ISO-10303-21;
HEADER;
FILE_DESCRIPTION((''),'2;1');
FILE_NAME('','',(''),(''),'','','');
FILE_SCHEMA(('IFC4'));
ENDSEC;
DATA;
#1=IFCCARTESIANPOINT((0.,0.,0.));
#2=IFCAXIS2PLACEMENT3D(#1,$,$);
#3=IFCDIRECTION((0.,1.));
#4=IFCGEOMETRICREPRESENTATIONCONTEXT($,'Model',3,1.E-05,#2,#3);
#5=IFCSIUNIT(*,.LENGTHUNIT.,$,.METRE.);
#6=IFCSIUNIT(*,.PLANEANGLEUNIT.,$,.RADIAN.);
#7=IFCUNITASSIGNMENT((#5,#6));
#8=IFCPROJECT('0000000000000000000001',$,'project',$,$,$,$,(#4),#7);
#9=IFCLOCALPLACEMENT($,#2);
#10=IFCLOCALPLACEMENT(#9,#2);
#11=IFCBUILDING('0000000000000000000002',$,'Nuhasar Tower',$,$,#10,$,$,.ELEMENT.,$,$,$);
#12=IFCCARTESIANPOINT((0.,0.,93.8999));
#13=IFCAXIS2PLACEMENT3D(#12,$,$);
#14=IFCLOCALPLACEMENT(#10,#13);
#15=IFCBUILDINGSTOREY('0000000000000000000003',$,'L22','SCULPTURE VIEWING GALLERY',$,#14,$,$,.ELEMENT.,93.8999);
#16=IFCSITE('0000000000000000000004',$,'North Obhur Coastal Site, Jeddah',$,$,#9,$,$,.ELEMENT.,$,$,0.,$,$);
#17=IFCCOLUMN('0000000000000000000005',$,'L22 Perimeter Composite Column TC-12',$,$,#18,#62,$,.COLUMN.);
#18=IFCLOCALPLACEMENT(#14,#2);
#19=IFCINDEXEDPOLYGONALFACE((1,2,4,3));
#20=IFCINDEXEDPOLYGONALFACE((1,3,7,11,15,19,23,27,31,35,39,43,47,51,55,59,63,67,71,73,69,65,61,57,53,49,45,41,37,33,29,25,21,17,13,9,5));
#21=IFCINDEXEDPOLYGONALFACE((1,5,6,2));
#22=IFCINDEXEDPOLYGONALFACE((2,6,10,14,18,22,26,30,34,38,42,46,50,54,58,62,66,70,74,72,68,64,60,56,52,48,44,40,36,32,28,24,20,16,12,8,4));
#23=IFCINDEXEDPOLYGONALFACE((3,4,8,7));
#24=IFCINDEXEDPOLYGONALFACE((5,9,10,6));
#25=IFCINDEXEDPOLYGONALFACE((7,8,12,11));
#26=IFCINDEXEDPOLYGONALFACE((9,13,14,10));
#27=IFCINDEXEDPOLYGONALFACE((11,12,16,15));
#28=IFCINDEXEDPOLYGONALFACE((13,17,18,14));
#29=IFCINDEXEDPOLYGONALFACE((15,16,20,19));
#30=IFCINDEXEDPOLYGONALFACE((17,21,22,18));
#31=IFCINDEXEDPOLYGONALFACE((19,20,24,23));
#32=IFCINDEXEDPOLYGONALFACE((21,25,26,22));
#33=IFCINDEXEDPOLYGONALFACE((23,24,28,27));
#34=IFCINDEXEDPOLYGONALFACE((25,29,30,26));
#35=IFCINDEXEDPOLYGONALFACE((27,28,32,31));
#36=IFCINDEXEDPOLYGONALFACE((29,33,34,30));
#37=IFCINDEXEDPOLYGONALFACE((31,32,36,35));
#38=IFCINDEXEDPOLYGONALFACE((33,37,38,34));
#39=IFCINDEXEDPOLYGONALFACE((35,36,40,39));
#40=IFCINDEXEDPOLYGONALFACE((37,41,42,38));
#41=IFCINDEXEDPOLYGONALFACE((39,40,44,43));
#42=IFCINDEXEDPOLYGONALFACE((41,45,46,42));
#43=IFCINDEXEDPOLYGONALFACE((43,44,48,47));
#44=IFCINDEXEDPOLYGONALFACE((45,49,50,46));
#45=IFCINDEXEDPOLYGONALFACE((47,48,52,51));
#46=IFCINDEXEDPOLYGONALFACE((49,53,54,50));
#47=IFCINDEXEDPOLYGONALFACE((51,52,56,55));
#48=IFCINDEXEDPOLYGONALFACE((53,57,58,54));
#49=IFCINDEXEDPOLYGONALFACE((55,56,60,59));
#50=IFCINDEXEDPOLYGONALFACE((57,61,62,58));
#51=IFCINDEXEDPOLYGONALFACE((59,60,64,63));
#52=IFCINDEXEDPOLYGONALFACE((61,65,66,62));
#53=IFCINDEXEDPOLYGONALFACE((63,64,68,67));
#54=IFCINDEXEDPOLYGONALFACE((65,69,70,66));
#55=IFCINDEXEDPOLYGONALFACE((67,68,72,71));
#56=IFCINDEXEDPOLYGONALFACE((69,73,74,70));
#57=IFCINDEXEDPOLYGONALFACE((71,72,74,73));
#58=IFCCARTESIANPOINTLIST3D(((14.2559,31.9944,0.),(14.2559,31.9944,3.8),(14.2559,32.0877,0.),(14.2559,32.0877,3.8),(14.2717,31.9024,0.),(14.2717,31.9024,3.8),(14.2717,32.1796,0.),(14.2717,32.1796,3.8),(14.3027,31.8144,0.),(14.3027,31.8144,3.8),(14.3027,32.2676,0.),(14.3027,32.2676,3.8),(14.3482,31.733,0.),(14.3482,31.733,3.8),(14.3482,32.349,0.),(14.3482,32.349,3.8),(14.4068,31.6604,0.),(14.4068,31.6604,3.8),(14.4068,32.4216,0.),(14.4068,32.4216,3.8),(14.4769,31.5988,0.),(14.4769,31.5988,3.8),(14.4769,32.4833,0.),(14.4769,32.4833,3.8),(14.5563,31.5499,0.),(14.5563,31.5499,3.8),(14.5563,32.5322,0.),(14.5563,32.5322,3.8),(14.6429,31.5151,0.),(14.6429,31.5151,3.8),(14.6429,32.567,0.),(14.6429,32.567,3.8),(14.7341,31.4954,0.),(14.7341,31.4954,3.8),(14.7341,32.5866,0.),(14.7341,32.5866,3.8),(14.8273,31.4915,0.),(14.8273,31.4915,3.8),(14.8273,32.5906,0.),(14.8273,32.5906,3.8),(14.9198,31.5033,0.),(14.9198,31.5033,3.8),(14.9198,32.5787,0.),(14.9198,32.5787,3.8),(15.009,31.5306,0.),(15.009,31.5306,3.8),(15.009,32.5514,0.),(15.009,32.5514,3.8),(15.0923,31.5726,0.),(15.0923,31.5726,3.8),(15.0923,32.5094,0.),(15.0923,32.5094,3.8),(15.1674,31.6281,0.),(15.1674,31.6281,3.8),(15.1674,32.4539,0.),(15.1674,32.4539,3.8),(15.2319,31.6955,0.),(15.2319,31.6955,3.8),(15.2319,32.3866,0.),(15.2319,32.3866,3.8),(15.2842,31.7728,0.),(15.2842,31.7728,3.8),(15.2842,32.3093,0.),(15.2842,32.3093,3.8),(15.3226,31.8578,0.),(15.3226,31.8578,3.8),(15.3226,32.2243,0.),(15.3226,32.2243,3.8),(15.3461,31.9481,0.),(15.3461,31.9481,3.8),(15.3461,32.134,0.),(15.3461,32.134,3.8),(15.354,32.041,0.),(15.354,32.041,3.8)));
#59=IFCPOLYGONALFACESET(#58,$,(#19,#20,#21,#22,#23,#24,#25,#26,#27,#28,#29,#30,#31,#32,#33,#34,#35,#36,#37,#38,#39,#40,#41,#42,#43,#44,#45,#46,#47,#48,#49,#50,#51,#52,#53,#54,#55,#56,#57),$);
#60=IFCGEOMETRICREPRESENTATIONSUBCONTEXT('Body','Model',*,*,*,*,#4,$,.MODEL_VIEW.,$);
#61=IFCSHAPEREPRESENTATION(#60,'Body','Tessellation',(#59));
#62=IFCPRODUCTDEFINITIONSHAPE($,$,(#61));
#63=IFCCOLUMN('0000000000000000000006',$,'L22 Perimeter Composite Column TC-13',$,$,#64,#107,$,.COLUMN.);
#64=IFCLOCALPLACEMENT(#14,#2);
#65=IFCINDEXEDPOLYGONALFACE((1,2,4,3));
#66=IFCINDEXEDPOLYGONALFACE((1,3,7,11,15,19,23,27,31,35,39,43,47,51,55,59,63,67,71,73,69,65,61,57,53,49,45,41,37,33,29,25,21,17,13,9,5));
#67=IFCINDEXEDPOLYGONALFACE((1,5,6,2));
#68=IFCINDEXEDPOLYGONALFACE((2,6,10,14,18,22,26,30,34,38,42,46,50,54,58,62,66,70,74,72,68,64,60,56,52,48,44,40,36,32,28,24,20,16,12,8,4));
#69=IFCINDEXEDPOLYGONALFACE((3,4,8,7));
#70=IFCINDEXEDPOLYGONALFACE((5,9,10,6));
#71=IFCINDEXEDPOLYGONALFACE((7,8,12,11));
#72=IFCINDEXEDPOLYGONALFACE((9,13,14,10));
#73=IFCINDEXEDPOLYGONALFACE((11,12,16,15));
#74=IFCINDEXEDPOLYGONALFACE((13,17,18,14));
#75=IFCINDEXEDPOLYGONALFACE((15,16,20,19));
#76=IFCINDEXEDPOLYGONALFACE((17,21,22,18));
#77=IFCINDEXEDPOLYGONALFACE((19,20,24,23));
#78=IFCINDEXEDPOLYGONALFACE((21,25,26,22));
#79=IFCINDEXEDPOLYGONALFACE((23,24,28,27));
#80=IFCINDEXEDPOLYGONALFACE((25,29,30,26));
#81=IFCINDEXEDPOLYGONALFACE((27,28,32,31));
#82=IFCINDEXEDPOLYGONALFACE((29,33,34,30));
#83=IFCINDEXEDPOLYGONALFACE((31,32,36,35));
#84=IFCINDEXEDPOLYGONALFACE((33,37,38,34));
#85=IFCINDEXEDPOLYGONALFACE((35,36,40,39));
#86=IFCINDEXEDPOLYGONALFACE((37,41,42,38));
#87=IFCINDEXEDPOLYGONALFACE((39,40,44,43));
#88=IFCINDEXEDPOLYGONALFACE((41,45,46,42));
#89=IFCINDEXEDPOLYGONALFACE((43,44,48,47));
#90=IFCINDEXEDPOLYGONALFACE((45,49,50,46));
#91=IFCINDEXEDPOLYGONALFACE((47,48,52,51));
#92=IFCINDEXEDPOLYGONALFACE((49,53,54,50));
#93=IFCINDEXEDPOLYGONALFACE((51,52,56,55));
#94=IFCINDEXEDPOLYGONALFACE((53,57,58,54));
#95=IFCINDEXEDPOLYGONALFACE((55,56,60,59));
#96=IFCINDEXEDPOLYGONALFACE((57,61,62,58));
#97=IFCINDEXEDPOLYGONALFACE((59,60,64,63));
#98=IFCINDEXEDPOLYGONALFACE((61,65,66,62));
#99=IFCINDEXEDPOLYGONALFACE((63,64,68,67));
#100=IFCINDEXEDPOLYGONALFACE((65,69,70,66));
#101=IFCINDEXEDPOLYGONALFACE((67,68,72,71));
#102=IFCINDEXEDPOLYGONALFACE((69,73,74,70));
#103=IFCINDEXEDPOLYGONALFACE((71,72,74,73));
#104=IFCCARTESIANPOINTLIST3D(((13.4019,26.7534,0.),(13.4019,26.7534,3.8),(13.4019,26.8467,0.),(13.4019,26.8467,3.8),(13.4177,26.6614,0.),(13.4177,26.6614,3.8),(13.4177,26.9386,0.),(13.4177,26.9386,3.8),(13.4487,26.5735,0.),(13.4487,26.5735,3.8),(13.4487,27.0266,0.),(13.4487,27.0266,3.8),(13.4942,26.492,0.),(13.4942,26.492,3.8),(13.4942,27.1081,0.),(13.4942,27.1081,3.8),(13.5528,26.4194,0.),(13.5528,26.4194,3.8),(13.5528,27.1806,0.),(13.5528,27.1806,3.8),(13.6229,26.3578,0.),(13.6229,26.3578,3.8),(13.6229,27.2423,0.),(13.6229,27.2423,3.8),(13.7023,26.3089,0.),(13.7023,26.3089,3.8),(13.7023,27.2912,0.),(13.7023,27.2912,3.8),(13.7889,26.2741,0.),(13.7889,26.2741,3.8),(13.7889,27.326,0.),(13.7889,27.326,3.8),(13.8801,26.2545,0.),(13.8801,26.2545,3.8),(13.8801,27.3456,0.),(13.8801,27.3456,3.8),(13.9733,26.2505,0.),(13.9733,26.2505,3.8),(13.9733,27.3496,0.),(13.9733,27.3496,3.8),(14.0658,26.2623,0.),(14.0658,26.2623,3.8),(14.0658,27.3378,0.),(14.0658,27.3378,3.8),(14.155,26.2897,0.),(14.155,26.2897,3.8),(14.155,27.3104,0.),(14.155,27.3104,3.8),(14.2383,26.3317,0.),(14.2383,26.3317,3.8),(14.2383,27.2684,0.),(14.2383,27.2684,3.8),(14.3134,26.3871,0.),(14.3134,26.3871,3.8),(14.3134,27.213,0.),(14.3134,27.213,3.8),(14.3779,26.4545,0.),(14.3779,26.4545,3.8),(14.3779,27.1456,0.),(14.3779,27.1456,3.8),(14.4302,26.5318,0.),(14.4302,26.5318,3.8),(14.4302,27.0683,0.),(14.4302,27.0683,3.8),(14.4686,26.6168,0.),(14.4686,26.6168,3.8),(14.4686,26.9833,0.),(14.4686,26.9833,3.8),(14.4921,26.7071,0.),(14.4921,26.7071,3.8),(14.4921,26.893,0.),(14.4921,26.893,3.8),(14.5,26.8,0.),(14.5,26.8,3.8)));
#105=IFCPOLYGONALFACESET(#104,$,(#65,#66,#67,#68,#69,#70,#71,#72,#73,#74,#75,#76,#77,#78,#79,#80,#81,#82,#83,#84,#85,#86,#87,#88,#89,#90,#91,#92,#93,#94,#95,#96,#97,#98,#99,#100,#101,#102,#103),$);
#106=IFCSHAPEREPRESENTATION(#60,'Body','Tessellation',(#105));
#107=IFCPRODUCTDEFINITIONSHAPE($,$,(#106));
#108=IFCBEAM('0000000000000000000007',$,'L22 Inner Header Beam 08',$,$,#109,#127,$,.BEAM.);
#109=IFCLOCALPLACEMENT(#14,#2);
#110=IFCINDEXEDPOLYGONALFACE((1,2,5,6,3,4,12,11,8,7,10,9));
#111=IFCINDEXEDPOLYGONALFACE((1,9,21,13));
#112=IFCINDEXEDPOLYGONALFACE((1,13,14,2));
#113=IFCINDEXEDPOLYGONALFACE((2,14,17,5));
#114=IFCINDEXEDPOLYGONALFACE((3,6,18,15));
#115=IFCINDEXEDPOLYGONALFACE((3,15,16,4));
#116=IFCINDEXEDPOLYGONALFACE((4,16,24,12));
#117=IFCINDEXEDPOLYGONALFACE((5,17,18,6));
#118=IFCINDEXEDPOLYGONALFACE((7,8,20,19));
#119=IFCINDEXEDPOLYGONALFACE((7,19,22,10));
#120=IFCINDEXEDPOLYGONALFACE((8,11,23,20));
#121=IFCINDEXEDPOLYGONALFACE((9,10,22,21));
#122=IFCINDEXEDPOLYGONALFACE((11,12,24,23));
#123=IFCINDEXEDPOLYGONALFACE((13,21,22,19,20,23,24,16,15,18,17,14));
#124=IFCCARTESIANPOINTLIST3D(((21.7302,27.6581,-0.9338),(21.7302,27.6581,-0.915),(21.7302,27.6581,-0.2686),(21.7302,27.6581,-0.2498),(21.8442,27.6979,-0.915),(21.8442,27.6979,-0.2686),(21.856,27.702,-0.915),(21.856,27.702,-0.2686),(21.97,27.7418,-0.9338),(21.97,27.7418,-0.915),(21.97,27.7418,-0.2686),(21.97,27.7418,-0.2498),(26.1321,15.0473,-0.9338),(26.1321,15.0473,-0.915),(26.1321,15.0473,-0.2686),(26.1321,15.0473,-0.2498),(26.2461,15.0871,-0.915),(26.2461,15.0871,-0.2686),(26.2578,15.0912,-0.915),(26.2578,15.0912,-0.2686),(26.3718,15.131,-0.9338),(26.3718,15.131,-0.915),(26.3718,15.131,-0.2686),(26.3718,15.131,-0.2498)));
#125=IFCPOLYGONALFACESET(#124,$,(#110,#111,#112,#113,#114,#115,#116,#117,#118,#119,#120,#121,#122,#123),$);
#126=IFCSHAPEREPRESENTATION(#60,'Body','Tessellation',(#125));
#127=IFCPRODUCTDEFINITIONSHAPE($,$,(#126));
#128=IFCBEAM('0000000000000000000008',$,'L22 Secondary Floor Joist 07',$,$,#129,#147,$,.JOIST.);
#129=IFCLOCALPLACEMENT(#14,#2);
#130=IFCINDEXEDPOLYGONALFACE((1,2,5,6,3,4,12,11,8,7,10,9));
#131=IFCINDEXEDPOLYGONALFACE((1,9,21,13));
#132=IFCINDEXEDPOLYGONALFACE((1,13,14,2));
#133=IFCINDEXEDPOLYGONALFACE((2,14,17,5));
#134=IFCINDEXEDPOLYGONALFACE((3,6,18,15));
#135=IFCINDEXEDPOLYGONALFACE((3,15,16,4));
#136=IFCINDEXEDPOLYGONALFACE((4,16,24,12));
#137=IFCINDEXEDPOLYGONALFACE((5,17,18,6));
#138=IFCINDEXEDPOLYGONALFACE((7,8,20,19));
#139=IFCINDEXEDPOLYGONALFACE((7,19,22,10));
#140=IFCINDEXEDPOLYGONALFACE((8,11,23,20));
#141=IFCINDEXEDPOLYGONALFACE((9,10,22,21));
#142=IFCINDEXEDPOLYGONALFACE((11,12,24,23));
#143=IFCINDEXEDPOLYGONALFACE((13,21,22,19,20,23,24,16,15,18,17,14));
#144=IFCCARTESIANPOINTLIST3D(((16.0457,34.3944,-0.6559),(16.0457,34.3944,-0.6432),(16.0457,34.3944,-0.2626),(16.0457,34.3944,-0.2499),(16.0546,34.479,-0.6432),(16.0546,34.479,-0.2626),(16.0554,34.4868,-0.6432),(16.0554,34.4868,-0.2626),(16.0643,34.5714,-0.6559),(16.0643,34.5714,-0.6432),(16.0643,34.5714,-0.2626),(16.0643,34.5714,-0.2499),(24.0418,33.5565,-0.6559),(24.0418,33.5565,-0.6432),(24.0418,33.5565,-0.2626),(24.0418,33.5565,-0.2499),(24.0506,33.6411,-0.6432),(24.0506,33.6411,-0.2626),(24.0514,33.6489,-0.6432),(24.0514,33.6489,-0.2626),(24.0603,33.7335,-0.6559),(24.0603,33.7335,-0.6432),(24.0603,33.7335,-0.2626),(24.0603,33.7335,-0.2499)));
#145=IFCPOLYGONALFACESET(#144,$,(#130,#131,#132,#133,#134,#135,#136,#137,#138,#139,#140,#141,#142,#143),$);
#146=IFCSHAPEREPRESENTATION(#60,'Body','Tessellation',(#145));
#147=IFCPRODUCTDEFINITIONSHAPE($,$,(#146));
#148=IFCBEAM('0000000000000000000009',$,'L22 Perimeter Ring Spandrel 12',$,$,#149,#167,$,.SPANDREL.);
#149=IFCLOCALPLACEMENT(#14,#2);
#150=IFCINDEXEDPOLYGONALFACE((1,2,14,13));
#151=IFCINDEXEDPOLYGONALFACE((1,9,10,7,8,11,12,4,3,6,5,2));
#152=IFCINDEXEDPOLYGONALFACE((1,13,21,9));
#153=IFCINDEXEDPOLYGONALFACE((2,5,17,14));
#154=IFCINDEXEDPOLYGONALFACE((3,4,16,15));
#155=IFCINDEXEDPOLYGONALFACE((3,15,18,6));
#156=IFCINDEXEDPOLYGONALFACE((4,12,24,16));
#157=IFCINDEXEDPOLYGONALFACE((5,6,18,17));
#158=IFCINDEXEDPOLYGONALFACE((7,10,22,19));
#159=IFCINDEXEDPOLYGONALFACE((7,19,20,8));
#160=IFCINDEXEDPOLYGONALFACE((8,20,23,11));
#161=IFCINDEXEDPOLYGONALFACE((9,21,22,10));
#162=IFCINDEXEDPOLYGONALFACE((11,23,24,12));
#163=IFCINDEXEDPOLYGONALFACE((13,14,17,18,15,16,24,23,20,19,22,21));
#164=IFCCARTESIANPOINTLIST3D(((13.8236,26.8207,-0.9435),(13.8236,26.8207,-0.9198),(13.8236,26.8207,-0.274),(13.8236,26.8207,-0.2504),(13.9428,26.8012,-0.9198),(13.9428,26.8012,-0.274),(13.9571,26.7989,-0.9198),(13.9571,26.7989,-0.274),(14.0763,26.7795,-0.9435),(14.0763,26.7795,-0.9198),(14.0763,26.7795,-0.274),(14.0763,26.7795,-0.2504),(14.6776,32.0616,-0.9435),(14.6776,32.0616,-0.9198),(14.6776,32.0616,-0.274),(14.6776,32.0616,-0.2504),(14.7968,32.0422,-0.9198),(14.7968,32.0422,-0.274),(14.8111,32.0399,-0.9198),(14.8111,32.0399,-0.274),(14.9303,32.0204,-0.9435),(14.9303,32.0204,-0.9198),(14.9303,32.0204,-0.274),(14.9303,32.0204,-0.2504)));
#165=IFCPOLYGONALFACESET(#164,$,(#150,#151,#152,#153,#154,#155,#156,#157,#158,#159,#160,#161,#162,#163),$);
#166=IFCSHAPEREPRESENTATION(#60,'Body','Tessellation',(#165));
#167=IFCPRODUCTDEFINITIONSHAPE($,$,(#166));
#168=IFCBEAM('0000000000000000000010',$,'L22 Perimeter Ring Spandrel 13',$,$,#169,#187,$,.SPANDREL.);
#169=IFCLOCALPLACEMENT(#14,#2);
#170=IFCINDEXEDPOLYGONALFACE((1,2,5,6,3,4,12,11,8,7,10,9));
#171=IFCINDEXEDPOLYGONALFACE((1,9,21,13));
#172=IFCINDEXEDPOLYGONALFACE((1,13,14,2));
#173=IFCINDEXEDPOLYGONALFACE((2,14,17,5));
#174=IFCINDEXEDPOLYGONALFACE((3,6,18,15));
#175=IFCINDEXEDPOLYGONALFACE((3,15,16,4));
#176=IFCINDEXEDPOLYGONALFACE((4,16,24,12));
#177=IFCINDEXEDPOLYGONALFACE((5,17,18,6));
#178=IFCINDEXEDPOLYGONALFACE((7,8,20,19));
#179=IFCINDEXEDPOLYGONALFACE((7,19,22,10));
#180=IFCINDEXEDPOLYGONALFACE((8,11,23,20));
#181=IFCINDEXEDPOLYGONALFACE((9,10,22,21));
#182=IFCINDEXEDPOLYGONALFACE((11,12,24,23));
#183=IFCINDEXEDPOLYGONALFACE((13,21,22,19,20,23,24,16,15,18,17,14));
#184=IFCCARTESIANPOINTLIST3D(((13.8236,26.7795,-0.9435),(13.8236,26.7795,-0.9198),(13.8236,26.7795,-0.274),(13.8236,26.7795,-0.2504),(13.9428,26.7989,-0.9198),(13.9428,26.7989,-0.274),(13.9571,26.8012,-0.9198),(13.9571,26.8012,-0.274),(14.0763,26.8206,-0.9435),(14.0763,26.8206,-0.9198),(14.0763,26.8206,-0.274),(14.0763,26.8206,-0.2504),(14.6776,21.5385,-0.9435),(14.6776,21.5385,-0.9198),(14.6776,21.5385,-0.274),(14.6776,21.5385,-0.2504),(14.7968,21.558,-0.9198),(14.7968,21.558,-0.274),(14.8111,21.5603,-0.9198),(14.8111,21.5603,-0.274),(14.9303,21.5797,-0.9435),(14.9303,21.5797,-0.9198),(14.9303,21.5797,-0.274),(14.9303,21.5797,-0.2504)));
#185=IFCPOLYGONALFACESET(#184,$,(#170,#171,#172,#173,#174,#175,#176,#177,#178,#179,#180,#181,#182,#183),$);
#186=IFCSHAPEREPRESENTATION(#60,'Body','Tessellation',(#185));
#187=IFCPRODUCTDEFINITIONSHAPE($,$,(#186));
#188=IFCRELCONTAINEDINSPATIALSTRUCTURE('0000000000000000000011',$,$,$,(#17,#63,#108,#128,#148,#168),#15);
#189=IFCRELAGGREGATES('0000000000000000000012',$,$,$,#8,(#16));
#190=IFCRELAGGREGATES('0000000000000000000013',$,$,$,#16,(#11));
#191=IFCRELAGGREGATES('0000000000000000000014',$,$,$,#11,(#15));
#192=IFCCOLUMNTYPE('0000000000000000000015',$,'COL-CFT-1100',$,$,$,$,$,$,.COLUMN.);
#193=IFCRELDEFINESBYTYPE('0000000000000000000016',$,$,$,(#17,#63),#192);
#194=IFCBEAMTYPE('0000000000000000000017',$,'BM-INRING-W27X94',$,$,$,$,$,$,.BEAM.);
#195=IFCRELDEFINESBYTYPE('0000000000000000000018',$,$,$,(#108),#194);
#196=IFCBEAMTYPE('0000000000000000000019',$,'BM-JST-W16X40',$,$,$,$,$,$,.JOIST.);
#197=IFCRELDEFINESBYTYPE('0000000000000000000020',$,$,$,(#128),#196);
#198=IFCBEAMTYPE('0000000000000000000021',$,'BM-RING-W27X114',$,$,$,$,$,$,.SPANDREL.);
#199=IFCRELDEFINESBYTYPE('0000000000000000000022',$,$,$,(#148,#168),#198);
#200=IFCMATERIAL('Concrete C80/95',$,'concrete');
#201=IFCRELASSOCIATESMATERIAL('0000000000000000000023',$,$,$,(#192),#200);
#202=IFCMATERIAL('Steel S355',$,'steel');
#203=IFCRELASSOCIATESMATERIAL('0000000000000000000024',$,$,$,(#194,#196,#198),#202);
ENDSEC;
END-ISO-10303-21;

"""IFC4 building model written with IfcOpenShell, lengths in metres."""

from ifc_helpers import new_model, si_unit, direction, frame, origin, origin_2d, place, context, subcontext, project, spatial, circle, i_section, extrude, material, material_profile, profile_set, type_object, element, save


model = new_model("IFC4")

# Units and contexts
model_context = context("Model", 3, precision=1e-05, world=origin(), true_north=direction((0.0, 1.0)))
body_context = subcontext(model_context, "Body", "Model", "MODEL_VIEW")
ifc_project = project(units=[si_unit("LENGTHUNIT", "METRE"), si_unit("PLANEANGLEUNIT", "RADIAN")], contexts=[model_context])

# Site, building, storey
site_placement = place(None, origin())
site = spatial("IfcSite", under=ifc_project, at=site_placement, Name="North Obhur Coastal Site, Jeddah", CompositionType="ELEMENT", RefElevation=0.0)
building_placement = place(site_placement, origin())
building = spatial("IfcBuilding", under=site, at=building_placement, Name="Nuhasar Tower", CompositionType="ELEMENT")
storey_placement = place(building_placement, frame((0.0, 0.0, 93.8999)))
storey = spatial("IfcBuildingStorey", under=building, at=storey_placement, Name="L22", Description="SCULPTURE VIEWING GALLERY", CompositionType="ELEMENT", Elevation=93.8999)

# Columns
ifc_material_1 = material(Name="Concrete C80/95", Category="concrete")
ifc_material_profile_1 = material_profile(ifc_material_1, circle(Radius=0.55, at=origin_2d()), Name="CFT1100")
ifc_profile_set_1 = profile_set([ifc_material_profile_1], Name="Concrete C80/95")
column_type = type_object("IfcColumnType", Name="COL-CFT-1100", PredefinedType="COLUMN", material=ifc_profile_set_1)
for number, where, z_axis, x_axis, name in (
    (1, (14.804, 32.041, 0.0), (0.0, 0.0, 1.0), (1.0, 0.0, 0.0), "L22 Perimeter Composite Column TC-12"),
    (2, (13.95, 26.8, 0.0), (0.0, 0.0, 1.0), (1.0, 0.0, 0.0), "L22 Perimeter Composite Column TC-13"),
):
    element("IfcColumn", number, at=place(storey_placement, frame(where, z_axis=z_axis, x_axis=x_axis)), inside=storey, type_object=column_type, Name=name, PredefinedType="COLUMN", context=body_context, shape_type="SweptSolid", body=[
        extrude(circle(Radius=0.55, at=origin_2d()), origin(), (0.0, 0.0, 1.0), 3.8),
    ])

# Beams
ifc_material_2 = material(Name="Steel S355", Category="steel")
ifc_material_profile_2 = material_profile(ifc_material_2, i_section(OverallWidth=0.2539, OverallDepth=0.6841, WebThickness=0.0125, FlangeThickness=0.0188, at=origin_2d()), Name="W27X94")
ifc_profile_set_2 = profile_set([ifc_material_profile_2], Name="Steel S355")
beam_type_1 = type_object("IfcBeamType", Name="BM-INRING-W27X94", PredefinedType="BEAM", material=ifc_profile_set_2)
beam_1_placement = place(storey_placement, frame((21.8501, 27.7, -0.5918), z_axis=(0.329554, -0.944137, 0.0), x_axis=(0.944137, 0.329554, 0.0)))
element("IfcBeam", 3, at=beam_1_placement, inside=storey, type_object=beam_type_1, Name="L22 Inner Header Beam 08", PredefinedType="BEAM", context=body_context, shape_type="SweptSolid", body=[
    extrude(i_section(OverallWidth=0.2539, OverallDepth=0.6841, WebThickness=0.0125, FlangeThickness=0.0188, at=origin_2d()), origin(), (0.0, 0.0, 1.0), 13.3569),
])
ifc_material_profile_3 = material_profile(ifc_material_2, i_section(OverallWidth=0.178, OverallDepth=0.406, WebThickness=0.0078, FlangeThickness=0.0127, at=origin_2d()), Name="W16X40")
ifc_profile_set_3 = profile_set([ifc_material_profile_3], Name="Steel S355")
beam_type_2 = type_object("IfcBeamType", Name="BM-JST-W16X40", PredefinedType="JOIST", material=ifc_profile_set_3)
beam_2_placement = place(storey_placement, frame((24.051, 33.645, -0.4529), z_axis=(-0.994555, 0.104217, 0.0), x_axis=(-0.104217, -0.994555, 0.0)))
element("IfcBeam", 4, at=beam_2_placement, inside=storey, type_object=beam_type_2, Name="L22 Secondary Floor Joist 07", PredefinedType="JOIST", context=body_context, shape_type="SweptSolid", body=[
    extrude(i_section(OverallWidth=0.178, OverallDepth=0.406, WebThickness=0.0078, FlangeThickness=0.0127, at=origin_2d()), origin(), (0.0, 0.0, 1.0), 8.0398),
])
ifc_material_profile_4 = material_profile(ifc_material_2, i_section(OverallWidth=0.2561, OverallDepth=0.6931, WebThickness=0.0144, FlangeThickness=0.0237, at=origin_2d()), Name="W27X114")
ifc_profile_set_4 = profile_set([ifc_material_profile_4], Name="Steel S355")
beam_type_3 = type_object("IfcBeamType", Name="BM-RING-W27X114", PredefinedType="SPANDREL", material=ifc_profile_set_4)
for number, where, z_axis, x_axis, name in (
    (5, (14.804, 32.041, -0.5969), (-0.160827, -0.986983, 0.0), (0.986983, -0.160827, 0.0), "L22 Perimeter Ring Spandrel 12"),
    (6, (13.95, 26.8, -0.5969), (0.160827, -0.986983, 0.0), (0.986983, 0.160827, 0.0), "L22 Perimeter Ring Spandrel 13"),
):
    element("IfcBeam", number, at=place(storey_placement, frame(where, z_axis=z_axis, x_axis=x_axis)), inside=storey, type_object=beam_type_3, Name=name, PredefinedType="SPANDREL", context=body_context, shape_type="SweptSolid", body=[
        extrude(i_section(OverallWidth=0.2561, OverallDepth=0.6931, WebThickness=0.0144, FlangeThickness=0.0237, at=origin_2d()), origin(), (0.0, 0.0, 1.0), 5.3101),
    ])

save(model, "model.ifc")
